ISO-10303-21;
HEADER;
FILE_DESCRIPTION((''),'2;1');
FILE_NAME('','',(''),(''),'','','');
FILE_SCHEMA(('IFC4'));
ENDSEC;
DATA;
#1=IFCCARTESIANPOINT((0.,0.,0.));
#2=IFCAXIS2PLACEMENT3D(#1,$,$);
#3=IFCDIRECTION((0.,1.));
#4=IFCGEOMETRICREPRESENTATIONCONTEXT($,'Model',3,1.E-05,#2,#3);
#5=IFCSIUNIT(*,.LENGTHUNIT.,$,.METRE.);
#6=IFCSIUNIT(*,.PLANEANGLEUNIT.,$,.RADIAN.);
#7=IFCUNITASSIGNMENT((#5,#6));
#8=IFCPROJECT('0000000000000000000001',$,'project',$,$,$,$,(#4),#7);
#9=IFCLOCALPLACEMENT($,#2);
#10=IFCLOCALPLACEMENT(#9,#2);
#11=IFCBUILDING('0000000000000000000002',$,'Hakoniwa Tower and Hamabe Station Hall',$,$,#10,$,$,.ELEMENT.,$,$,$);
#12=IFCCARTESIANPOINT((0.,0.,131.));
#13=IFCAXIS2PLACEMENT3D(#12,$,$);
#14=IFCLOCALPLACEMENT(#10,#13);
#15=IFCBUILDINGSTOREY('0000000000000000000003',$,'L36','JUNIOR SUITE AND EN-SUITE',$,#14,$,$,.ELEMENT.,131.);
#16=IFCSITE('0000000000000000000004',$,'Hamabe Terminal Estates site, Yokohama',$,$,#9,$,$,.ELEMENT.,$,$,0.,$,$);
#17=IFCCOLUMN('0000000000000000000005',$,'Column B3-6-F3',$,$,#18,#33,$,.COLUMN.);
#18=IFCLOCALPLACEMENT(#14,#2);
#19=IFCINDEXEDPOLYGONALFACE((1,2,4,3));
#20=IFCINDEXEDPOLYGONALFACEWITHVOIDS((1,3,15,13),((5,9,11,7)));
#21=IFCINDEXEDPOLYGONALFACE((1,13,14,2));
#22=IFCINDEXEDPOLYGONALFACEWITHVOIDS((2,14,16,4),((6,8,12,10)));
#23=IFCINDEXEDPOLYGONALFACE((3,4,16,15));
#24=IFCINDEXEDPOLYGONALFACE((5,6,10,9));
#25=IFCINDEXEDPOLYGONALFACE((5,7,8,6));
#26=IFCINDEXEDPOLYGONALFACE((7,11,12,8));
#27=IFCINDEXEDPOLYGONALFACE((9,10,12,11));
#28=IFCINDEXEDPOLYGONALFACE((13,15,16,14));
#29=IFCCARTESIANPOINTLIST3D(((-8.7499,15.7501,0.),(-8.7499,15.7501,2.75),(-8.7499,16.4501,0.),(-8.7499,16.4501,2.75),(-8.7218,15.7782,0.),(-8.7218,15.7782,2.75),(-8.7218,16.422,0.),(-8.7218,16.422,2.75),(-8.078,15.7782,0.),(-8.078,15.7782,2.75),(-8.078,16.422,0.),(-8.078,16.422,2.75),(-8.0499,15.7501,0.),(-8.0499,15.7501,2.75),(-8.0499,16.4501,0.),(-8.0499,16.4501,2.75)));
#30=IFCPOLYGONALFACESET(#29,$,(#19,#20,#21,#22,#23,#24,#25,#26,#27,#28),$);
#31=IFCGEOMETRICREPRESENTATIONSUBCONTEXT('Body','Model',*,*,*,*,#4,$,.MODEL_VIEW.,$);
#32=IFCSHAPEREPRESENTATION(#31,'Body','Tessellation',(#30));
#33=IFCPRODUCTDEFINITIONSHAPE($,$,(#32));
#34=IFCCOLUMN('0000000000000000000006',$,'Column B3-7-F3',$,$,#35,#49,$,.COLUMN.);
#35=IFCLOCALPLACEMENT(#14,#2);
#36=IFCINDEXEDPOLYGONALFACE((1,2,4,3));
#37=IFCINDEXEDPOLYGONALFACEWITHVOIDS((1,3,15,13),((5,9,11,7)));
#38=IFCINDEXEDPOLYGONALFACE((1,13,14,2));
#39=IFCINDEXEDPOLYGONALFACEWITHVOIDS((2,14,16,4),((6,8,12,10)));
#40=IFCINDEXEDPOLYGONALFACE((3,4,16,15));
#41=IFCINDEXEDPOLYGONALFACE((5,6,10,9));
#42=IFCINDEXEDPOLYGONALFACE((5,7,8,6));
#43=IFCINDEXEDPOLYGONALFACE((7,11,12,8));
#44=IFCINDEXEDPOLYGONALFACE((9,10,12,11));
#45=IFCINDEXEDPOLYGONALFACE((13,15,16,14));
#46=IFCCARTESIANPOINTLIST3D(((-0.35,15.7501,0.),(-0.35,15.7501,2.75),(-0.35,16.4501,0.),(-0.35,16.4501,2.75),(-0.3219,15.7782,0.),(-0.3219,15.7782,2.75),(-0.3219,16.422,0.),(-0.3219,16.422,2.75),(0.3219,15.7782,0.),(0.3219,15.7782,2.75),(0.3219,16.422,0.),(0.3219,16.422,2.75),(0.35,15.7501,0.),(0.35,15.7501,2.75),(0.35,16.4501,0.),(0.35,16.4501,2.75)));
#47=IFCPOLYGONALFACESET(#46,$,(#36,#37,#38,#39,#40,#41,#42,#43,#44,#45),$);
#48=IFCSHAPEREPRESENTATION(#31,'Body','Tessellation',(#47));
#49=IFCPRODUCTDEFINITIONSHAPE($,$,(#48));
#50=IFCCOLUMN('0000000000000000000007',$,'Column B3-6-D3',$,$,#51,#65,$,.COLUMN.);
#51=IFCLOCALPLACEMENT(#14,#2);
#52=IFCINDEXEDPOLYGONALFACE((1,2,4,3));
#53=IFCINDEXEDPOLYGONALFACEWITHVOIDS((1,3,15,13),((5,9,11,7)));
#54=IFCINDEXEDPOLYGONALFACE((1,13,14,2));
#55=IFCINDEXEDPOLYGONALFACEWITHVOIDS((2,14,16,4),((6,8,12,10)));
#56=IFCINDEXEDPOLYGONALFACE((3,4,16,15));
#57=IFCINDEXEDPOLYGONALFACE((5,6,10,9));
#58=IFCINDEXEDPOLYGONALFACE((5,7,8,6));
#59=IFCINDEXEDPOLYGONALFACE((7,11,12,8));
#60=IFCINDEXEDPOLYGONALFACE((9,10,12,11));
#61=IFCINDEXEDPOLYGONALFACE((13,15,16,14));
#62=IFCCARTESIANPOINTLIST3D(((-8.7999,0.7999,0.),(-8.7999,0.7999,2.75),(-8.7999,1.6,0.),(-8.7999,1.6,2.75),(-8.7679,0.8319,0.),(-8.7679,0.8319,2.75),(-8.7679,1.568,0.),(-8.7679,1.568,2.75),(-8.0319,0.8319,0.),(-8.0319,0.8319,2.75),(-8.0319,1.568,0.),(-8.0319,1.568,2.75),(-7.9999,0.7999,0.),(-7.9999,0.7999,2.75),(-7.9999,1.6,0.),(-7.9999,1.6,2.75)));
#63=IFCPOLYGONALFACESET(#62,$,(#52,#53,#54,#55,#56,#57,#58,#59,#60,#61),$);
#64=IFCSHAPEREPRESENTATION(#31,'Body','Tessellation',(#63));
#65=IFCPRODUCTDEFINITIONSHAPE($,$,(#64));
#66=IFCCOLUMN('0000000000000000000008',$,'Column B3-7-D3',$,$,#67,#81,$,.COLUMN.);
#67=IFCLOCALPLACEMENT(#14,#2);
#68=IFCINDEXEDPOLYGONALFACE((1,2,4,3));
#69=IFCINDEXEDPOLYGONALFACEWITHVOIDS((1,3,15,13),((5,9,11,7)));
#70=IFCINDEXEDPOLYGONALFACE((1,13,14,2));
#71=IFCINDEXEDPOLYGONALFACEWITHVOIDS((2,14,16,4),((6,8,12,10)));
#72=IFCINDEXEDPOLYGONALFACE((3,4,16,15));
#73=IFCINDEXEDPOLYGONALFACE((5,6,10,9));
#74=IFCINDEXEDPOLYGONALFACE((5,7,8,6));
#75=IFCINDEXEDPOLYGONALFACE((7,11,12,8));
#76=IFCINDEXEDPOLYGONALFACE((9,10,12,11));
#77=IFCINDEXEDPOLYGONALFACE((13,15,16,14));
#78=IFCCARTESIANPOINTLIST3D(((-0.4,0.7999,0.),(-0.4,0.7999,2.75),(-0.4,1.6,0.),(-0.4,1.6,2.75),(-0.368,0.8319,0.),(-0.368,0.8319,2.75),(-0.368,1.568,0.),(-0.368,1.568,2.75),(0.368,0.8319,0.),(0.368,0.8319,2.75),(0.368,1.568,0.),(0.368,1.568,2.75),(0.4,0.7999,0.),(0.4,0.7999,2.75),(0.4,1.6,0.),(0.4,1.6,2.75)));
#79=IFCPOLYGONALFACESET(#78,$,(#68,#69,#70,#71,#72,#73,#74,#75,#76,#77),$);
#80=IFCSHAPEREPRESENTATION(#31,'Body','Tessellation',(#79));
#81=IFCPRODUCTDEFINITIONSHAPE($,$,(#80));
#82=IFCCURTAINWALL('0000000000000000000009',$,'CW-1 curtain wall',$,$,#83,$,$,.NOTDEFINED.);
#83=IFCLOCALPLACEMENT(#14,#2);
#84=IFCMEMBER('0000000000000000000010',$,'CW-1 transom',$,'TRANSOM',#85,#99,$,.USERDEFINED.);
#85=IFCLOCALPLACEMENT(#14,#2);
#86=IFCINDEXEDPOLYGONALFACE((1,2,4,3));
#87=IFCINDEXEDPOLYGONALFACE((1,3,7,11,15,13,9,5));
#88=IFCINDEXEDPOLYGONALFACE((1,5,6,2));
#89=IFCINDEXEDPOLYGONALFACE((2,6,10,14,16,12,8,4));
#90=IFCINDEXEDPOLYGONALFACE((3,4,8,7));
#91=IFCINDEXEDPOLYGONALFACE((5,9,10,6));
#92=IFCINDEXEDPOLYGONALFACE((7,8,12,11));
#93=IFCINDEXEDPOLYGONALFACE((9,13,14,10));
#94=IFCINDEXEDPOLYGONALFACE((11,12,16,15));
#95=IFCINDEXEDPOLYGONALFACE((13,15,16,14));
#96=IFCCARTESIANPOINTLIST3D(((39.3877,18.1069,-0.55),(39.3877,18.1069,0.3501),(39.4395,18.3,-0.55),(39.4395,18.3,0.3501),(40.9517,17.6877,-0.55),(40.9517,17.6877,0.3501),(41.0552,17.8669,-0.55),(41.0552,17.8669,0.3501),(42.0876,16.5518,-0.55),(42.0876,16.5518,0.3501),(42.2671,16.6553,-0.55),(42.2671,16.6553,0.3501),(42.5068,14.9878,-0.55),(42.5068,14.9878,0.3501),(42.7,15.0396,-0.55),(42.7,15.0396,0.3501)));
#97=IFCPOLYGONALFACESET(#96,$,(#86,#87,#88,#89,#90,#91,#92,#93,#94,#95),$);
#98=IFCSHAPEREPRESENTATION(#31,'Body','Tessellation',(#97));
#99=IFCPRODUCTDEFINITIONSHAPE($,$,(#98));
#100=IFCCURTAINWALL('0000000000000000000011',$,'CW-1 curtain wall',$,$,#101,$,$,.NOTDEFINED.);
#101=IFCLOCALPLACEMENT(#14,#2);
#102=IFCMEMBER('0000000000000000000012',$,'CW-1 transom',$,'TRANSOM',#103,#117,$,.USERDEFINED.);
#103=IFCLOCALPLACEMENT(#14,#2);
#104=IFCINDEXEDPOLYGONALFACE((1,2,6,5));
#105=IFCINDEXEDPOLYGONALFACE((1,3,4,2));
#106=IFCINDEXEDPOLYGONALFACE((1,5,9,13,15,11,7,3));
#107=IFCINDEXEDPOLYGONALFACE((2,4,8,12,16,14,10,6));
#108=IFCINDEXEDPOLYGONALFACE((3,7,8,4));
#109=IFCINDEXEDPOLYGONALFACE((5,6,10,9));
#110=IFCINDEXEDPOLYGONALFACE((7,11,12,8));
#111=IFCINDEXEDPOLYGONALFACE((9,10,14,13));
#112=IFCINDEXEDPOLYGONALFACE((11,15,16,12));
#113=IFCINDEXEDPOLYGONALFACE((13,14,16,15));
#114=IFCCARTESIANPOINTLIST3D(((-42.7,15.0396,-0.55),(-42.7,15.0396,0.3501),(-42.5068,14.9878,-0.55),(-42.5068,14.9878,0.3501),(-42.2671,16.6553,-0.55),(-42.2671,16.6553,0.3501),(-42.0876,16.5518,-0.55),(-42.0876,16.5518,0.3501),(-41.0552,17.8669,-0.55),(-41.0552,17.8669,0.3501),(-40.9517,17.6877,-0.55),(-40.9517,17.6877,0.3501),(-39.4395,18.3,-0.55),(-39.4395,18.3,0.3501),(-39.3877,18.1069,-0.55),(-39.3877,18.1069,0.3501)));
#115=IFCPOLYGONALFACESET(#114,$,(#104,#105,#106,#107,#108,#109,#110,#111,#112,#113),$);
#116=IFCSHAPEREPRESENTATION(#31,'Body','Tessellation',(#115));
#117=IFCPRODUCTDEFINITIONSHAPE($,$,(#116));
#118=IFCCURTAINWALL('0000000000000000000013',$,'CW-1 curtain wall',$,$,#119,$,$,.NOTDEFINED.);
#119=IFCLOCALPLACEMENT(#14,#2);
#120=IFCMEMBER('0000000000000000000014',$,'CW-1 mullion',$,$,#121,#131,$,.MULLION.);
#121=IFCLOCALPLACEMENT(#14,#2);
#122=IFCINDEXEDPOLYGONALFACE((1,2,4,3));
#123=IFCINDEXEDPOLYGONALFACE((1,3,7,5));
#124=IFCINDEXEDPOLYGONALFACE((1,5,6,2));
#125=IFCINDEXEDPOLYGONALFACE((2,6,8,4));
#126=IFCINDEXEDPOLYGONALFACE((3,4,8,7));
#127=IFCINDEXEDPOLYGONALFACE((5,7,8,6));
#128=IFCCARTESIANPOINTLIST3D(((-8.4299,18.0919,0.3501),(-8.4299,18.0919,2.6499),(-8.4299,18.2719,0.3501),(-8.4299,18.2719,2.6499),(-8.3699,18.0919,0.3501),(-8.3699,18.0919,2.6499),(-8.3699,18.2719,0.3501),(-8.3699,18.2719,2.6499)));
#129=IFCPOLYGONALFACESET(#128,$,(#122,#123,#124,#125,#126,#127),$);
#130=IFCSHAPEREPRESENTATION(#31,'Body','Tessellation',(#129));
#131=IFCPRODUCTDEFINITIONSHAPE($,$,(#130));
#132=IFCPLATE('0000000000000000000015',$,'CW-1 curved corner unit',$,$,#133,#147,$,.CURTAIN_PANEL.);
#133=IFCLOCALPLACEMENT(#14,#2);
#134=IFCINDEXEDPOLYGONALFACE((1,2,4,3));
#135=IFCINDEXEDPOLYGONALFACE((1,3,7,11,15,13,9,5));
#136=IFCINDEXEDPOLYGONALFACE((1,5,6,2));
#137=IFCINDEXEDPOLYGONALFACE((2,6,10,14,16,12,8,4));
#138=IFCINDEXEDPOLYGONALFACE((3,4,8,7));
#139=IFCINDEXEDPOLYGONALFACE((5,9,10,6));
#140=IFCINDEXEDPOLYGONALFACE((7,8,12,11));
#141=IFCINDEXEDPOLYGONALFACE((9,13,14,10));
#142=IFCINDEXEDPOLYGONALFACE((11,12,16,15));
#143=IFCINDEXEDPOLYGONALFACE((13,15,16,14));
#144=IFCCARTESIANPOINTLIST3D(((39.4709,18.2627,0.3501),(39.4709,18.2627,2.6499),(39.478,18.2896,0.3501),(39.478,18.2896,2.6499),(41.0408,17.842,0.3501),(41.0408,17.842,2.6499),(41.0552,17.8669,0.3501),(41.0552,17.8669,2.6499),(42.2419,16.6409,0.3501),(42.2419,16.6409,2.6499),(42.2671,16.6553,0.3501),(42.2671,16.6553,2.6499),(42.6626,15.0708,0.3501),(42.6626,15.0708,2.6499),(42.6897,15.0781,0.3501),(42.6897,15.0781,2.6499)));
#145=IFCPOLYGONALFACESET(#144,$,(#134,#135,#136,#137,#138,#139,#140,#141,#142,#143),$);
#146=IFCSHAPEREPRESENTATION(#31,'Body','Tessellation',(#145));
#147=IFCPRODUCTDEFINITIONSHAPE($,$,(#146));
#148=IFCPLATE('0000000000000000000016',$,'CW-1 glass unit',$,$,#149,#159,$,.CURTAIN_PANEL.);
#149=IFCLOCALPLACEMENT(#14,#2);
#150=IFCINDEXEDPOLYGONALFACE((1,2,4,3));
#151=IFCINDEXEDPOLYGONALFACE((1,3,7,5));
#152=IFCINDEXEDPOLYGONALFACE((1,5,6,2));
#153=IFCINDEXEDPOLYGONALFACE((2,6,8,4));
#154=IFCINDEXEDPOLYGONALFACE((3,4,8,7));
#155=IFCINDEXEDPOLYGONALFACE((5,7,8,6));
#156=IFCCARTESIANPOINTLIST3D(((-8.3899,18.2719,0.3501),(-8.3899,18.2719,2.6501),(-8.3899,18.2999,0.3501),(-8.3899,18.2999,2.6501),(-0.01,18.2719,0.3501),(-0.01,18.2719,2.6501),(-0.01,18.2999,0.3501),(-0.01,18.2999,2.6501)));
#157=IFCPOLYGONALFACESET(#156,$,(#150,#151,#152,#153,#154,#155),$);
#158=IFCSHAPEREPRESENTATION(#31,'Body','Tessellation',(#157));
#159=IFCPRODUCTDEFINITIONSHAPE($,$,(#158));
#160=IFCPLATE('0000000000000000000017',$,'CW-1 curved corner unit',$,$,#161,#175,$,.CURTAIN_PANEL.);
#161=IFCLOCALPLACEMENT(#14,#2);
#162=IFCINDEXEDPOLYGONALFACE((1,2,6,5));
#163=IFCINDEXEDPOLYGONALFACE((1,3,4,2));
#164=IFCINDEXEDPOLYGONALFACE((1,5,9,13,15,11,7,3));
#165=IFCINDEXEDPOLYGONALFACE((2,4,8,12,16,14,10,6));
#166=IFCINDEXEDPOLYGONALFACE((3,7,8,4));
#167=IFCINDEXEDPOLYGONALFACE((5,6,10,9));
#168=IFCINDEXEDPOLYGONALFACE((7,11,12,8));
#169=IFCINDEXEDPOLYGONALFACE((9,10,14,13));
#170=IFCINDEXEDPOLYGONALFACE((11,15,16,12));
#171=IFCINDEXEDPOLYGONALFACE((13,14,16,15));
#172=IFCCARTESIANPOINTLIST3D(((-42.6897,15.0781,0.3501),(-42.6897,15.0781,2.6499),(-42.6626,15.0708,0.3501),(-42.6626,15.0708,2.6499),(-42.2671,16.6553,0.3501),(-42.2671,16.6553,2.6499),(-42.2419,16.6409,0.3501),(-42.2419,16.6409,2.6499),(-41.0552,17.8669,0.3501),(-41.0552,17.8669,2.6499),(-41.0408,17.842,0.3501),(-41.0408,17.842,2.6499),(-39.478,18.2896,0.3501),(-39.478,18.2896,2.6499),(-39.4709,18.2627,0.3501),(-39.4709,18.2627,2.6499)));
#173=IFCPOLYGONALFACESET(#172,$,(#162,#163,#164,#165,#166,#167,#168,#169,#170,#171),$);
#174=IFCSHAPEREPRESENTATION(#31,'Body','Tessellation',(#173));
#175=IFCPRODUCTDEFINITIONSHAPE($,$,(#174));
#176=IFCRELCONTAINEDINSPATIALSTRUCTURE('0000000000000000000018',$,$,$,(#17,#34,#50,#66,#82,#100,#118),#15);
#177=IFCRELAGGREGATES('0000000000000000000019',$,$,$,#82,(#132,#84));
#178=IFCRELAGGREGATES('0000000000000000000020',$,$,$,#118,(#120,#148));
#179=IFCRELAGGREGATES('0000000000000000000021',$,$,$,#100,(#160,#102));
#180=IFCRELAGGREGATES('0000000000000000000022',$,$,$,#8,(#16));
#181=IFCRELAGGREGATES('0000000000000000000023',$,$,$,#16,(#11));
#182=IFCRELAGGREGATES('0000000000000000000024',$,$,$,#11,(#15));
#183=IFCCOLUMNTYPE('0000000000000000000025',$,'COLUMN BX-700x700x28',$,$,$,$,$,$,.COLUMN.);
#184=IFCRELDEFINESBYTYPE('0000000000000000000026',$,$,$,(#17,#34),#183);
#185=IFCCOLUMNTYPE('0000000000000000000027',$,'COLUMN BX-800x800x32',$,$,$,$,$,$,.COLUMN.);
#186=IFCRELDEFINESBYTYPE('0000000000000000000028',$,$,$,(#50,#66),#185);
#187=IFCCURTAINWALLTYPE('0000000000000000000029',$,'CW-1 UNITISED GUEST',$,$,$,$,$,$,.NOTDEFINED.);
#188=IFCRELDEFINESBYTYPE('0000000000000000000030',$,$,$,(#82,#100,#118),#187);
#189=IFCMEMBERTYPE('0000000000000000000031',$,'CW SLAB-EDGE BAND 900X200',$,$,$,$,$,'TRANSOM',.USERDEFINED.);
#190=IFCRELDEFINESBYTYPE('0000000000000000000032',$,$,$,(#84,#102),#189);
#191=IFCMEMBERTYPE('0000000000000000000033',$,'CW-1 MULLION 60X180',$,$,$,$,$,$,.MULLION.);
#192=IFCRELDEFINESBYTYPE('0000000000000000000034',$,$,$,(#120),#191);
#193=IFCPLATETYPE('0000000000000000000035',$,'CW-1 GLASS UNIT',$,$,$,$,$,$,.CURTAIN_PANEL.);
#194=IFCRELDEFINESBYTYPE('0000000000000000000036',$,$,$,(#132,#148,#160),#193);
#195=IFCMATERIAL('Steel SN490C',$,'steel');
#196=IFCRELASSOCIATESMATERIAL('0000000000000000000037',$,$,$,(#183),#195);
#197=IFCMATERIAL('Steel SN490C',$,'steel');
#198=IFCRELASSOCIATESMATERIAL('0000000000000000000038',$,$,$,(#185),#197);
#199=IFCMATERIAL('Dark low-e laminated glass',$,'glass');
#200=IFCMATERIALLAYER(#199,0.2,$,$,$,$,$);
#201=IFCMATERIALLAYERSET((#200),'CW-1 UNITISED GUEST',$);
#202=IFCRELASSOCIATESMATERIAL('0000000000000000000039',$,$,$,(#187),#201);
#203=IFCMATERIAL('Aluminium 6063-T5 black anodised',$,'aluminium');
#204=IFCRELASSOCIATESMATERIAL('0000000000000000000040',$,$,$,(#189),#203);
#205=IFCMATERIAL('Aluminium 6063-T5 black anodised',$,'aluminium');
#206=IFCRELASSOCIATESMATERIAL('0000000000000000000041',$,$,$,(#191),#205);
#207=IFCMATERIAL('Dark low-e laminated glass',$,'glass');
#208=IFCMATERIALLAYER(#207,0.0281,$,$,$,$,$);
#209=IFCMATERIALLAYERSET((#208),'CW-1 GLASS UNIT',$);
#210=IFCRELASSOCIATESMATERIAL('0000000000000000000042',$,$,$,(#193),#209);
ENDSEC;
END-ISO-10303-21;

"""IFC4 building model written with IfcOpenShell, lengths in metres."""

from ifc_helpers import new_model, si_unit, direction, frame, origin, origin_2d, place, context, subcontext, project, spatial, polyline, rectangle, hollow_rectangle, outline, extrude, material, layer, layer_set, material_profile, profile_set, type_object, element, aggregate, save


model = new_model("IFC4")

# Units and contexts
model_context = context("Model", 3, precision=1e-05, world=origin(), true_north=direction((0.0, 1.0)))
body_context = subcontext(model_context, "Body", "Model", "MODEL_VIEW")
ifc_project = project(units=[si_unit("LENGTHUNIT", "METRE"), si_unit("PLANEANGLEUNIT", "RADIAN")], contexts=[model_context])

# Site, building, storey
site_placement = place(None, origin())
site = spatial("IfcSite", under=ifc_project, at=site_placement, Name="Hamabe Terminal Estates site, Yokohama", CompositionType="ELEMENT", RefElevation=0.0)
building_placement = place(site_placement, origin())
building = spatial("IfcBuilding", under=site, at=building_placement, Name="Hakoniwa Tower and Hamabe Station Hall", CompositionType="ELEMENT")
storey_placement = place(building_placement, frame((0.0, 0.0, 131.0)))
storey = spatial("IfcBuildingStorey", under=building, at=storey_placement, Name="L36", Description="JUNIOR SUITE AND EN-SUITE", CompositionType="ELEMENT", Elevation=131.0)

# Columns
ifc_material_1 = material(Name="Steel SN490C", Category="steel")
ifc_material_profile_1 = material_profile(ifc_material_1, hollow_rectangle(XDim=0.7, YDim=0.7, WallThickness=0.0281, at=origin_2d()), Name="BX-700x700x28")
ifc_profile_set_1 = profile_set([ifc_material_profile_1], Name="Steel SN490C")
column_type_1 = type_object("IfcColumnType", Name="COLUMN BX-700x700x28", PredefinedType="COLUMN", material=ifc_profile_set_1)
for number, where, z_axis, x_axis, name in (
    (1, (-8.3999, 16.1001, 0.0), (0.0, 0.0, 1.0), (1.0, 0.0, 0.0), "Column B3-6-F3"),
    (2, (0.0, 16.1001, 0.0), (0.0, 0.0, 1.0), (1.0, 0.0, 0.0), "Column B3-7-F3"),
):
    element("IfcColumn", number, at=place(storey_placement, frame(where, z_axis=z_axis, x_axis=x_axis)), inside=storey, type_object=column_type_1, Name=name, PredefinedType="COLUMN", context=body_context, shape_type="SweptSolid", body=[
        extrude(hollow_rectangle(XDim=0.7, YDim=0.7, WallThickness=0.0281, at=origin_2d()), origin(), (0.0, 0.0, 1.0), 2.75),
    ])
ifc_material_2 = material(Name="Steel SN490C", Category="steel")
ifc_material_profile_2 = material_profile(ifc_material_2, hollow_rectangle(XDim=0.8, YDim=0.8, WallThickness=0.032, at=origin_2d()), Name="BX-800x800x32")
ifc_profile_set_2 = profile_set([ifc_material_profile_2], Name="Steel SN490C")
column_type_2 = type_object("IfcColumnType", Name="COLUMN BX-800x800x32", PredefinedType="COLUMN", material=ifc_profile_set_2)
for number, where, z_axis, x_axis, name in (
    (3, (-8.3999, 1.2, 0.0), (0.0, 0.0, 1.0), (1.0, 0.0, 0.0), "Column B3-6-D3"),
    (4, (0.0, 1.2, 0.0), (0.0, 0.0, 1.0), (1.0, 0.0, 0.0), "Column B3-7-D3"),
):
    element("IfcColumn", number, at=place(storey_placement, frame(where, z_axis=z_axis, x_axis=x_axis)), inside=storey, type_object=column_type_2, Name=name, PredefinedType="COLUMN", context=body_context, shape_type="SweptSolid", body=[
        extrude(hollow_rectangle(XDim=0.8, YDim=0.8, WallThickness=0.032, at=origin_2d()), origin(), (0.0, 0.0, 1.0), 2.75),
    ])

# Curtain walls, members
ifc_material_3 = material(Name="Dark low-e laminated glass", Category="glass")
ifc_layer_1 = layer(ifc_material_3, 0.2)
ifc_layer_set_1 = layer_set([ifc_layer_1], Name="CW-1 UNITISED GUEST")
curtain_wall_type = type_object("IfcCurtainWallType", Name="CW-1 UNITISED GUEST", PredefinedType="NOTDEFINED", material=ifc_layer_set_1)
curtain_wall_1_placement = place(storey_placement, origin())
curtain_wall_1 = element("IfcCurtainWall", 5, at=curtain_wall_1_placement, inside=storey, type_object=curtain_wall_type, Name="CW-1 curtain wall", PredefinedType="NOTDEFINED")
ifc_material_4 = material(Name="Aluminium 6063-T5 black anodised", Category="aluminium")
ifc_material_profile_3 = material_profile(ifc_material_4, rectangle(XDim=0.2, YDim=0.8999, at=origin_2d()), Name="CW SLAB-EDGE BAND 900X200")
ifc_profile_set_3 = profile_set([ifc_material_profile_3], Name="Aluminium 6063-T5 black anodised")
member_type_1 = type_object("IfcMemberType", Name="CW SLAB-EDGE BAND 900X200", ElementType="TRANSOM", PredefinedType="USERDEFINED", material=ifc_profile_set_3)
member_1_placement = place(storey_placement, frame((0.0, 0.0, -0.55)))
member_1 = element("IfcMember", 6, at=member_1_placement, type_object=member_type_1, Name="CW-1 transom", ObjectType="TRANSOM", PredefinedType="USERDEFINED", context=body_context, shape_type="SweptSolid", body=[
    extrude(outline(polyline([(42.7, 15.0396), (42.2671, 16.6553), (41.0552, 17.8669), (39.4395, 18.3), (39.3877, 18.1069), (40.9517, 17.6877), (42.0876, 16.5518), (42.5068, 14.9878), (42.7, 15.0396)])), origin(), (0.0, 0.0, 1.0), 0.9001),
])
curtain_wall_2_placement = place(storey_placement, origin())
curtain_wall_2 = element("IfcCurtainWall", 7, at=curtain_wall_2_placement, inside=storey, type_object=curtain_wall_type, Name="CW-1 curtain wall", PredefinedType="NOTDEFINED")
member_2_placement = place(storey_placement, frame((0.0, 0.0, -0.55)))
member_2 = element("IfcMember", 8, at=member_2_placement, type_object=member_type_1, Name="CW-1 transom", ObjectType="TRANSOM", PredefinedType="USERDEFINED", context=body_context, shape_type="SweptSolid", body=[
    extrude(outline(polyline([(-39.4395, 18.3), (-41.0552, 17.8669), (-42.2671, 16.6553), (-42.7, 15.0396), (-42.5068, 14.9878), (-42.0876, 16.5518), (-40.9517, 17.6877), (-39.3877, 18.1069), (-39.4395, 18.3)])), origin(), (0.0, 0.0, 1.0), 0.9001),
])
curtain_wall_3_placement = place(storey_placement, origin())
curtain_wall_3 = element("IfcCurtainWall", 9, at=curtain_wall_3_placement, inside=storey, type_object=curtain_wall_type, Name="CW-1 curtain wall", PredefinedType="NOTDEFINED")
ifc_material_5 = material(Name="Aluminium 6063-T5 black anodised", Category="aluminium")
ifc_material_profile_4 = material_profile(ifc_material_5, rectangle(XDim=0.0601, YDim=0.1799, at=origin_2d()), Name="CW-1 MULLION 60X180")
ifc_profile_set_4 = profile_set([ifc_material_profile_4], Name="Aluminium 6063-T5 black anodised")
member_type_2 = type_object("IfcMemberType", Name="CW-1 MULLION 60X180", PredefinedType="MULLION", material=ifc_profile_set_4)
member_3_placement = place(storey_placement, frame((-8.3999, 18.1819, 0.3501), z_axis=(0.0, 0.0, 1.0), x_axis=(-1.0, 0.0, 0.0)))
member_3 = element("IfcMember", 10, at=member_3_placement, type_object=member_type_2, Name="CW-1 mullion", PredefinedType="MULLION", context=body_context, shape_type="SweptSolid", body=[
    extrude(rectangle(XDim=0.0601, YDim=0.1799, at=origin_2d()), origin(), (0.0, 0.0, 1.0), 2.2998),
])

# Plates
ifc_material_6 = material(Name="Dark low-e laminated glass", Category="glass")
ifc_layer_2 = layer(ifc_material_6, 0.0281)
ifc_layer_set_2 = layer_set([ifc_layer_2], Name="CW-1 GLASS UNIT")
plate_type = type_object("IfcPlateType", Name="CW-1 GLASS UNIT", PredefinedType="CURTAIN_PANEL", material=ifc_layer_set_2)
plate_1_placement = place(storey_placement, frame((0.0, 0.0, 0.3501)))
plate_1 = element("IfcPlate", 11, at=plate_1_placement, type_object=plate_type, Name="CW-1 curved corner unit", PredefinedType="CURTAIN_PANEL", context=body_context, shape_type="SweptSolid", body=[
    extrude(outline(polyline([(42.6897, 15.0781), (42.2671, 16.6553), (41.0552, 17.8669), (39.478, 18.2896), (39.4709, 18.2627), (41.0408, 17.842), (42.2419, 16.6409), (42.6626, 15.0708), (42.6897, 15.0781)])), origin(), (0.0, 0.0, 1.0), 2.2998),
])
aggregate(curtain_wall_1, [plate_1, member_1])
plate_2_placement = place(storey_placement, frame((-4.2, 18.2859, 0.3501), z_axis=(0.0, 0.0, 1.0), x_axis=(-1.0, 0.0, 0.0)))
plate_2 = element("IfcPlate", 12, at=plate_2_placement, type_object=plate_type, Name="CW-1 glass unit", PredefinedType="CURTAIN_PANEL", context=body_context, shape_type="SweptSolid", body=[
    extrude(rectangle(XDim=8.3799, YDim=0.0281, at=origin_2d()), origin(), (0.0, 0.0, 1.0), 2.3),
])
aggregate(curtain_wall_3, [member_3, plate_2])
plate_3_placement = place(storey_placement, frame((0.0, 0.0, 0.3501)))
plate_3 = element("IfcPlate", 13, at=plate_3_placement, type_object=plate_type, Name="CW-1 curved corner unit", PredefinedType="CURTAIN_PANEL", context=body_context, shape_type="SweptSolid", body=[
    extrude(outline(polyline([(-39.478, 18.2896), (-41.0552, 17.8669), (-42.2671, 16.6553), (-42.6897, 15.0781), (-42.6626, 15.0708), (-42.2419, 16.6409), (-41.0408, 17.842), (-39.4709, 18.2627), (-39.478, 18.2896)])), origin(), (0.0, 0.0, 1.0), 2.2998),
])
aggregate(curtain_wall_2, [plate_3, member_2])

save(model, "model.ifc")
